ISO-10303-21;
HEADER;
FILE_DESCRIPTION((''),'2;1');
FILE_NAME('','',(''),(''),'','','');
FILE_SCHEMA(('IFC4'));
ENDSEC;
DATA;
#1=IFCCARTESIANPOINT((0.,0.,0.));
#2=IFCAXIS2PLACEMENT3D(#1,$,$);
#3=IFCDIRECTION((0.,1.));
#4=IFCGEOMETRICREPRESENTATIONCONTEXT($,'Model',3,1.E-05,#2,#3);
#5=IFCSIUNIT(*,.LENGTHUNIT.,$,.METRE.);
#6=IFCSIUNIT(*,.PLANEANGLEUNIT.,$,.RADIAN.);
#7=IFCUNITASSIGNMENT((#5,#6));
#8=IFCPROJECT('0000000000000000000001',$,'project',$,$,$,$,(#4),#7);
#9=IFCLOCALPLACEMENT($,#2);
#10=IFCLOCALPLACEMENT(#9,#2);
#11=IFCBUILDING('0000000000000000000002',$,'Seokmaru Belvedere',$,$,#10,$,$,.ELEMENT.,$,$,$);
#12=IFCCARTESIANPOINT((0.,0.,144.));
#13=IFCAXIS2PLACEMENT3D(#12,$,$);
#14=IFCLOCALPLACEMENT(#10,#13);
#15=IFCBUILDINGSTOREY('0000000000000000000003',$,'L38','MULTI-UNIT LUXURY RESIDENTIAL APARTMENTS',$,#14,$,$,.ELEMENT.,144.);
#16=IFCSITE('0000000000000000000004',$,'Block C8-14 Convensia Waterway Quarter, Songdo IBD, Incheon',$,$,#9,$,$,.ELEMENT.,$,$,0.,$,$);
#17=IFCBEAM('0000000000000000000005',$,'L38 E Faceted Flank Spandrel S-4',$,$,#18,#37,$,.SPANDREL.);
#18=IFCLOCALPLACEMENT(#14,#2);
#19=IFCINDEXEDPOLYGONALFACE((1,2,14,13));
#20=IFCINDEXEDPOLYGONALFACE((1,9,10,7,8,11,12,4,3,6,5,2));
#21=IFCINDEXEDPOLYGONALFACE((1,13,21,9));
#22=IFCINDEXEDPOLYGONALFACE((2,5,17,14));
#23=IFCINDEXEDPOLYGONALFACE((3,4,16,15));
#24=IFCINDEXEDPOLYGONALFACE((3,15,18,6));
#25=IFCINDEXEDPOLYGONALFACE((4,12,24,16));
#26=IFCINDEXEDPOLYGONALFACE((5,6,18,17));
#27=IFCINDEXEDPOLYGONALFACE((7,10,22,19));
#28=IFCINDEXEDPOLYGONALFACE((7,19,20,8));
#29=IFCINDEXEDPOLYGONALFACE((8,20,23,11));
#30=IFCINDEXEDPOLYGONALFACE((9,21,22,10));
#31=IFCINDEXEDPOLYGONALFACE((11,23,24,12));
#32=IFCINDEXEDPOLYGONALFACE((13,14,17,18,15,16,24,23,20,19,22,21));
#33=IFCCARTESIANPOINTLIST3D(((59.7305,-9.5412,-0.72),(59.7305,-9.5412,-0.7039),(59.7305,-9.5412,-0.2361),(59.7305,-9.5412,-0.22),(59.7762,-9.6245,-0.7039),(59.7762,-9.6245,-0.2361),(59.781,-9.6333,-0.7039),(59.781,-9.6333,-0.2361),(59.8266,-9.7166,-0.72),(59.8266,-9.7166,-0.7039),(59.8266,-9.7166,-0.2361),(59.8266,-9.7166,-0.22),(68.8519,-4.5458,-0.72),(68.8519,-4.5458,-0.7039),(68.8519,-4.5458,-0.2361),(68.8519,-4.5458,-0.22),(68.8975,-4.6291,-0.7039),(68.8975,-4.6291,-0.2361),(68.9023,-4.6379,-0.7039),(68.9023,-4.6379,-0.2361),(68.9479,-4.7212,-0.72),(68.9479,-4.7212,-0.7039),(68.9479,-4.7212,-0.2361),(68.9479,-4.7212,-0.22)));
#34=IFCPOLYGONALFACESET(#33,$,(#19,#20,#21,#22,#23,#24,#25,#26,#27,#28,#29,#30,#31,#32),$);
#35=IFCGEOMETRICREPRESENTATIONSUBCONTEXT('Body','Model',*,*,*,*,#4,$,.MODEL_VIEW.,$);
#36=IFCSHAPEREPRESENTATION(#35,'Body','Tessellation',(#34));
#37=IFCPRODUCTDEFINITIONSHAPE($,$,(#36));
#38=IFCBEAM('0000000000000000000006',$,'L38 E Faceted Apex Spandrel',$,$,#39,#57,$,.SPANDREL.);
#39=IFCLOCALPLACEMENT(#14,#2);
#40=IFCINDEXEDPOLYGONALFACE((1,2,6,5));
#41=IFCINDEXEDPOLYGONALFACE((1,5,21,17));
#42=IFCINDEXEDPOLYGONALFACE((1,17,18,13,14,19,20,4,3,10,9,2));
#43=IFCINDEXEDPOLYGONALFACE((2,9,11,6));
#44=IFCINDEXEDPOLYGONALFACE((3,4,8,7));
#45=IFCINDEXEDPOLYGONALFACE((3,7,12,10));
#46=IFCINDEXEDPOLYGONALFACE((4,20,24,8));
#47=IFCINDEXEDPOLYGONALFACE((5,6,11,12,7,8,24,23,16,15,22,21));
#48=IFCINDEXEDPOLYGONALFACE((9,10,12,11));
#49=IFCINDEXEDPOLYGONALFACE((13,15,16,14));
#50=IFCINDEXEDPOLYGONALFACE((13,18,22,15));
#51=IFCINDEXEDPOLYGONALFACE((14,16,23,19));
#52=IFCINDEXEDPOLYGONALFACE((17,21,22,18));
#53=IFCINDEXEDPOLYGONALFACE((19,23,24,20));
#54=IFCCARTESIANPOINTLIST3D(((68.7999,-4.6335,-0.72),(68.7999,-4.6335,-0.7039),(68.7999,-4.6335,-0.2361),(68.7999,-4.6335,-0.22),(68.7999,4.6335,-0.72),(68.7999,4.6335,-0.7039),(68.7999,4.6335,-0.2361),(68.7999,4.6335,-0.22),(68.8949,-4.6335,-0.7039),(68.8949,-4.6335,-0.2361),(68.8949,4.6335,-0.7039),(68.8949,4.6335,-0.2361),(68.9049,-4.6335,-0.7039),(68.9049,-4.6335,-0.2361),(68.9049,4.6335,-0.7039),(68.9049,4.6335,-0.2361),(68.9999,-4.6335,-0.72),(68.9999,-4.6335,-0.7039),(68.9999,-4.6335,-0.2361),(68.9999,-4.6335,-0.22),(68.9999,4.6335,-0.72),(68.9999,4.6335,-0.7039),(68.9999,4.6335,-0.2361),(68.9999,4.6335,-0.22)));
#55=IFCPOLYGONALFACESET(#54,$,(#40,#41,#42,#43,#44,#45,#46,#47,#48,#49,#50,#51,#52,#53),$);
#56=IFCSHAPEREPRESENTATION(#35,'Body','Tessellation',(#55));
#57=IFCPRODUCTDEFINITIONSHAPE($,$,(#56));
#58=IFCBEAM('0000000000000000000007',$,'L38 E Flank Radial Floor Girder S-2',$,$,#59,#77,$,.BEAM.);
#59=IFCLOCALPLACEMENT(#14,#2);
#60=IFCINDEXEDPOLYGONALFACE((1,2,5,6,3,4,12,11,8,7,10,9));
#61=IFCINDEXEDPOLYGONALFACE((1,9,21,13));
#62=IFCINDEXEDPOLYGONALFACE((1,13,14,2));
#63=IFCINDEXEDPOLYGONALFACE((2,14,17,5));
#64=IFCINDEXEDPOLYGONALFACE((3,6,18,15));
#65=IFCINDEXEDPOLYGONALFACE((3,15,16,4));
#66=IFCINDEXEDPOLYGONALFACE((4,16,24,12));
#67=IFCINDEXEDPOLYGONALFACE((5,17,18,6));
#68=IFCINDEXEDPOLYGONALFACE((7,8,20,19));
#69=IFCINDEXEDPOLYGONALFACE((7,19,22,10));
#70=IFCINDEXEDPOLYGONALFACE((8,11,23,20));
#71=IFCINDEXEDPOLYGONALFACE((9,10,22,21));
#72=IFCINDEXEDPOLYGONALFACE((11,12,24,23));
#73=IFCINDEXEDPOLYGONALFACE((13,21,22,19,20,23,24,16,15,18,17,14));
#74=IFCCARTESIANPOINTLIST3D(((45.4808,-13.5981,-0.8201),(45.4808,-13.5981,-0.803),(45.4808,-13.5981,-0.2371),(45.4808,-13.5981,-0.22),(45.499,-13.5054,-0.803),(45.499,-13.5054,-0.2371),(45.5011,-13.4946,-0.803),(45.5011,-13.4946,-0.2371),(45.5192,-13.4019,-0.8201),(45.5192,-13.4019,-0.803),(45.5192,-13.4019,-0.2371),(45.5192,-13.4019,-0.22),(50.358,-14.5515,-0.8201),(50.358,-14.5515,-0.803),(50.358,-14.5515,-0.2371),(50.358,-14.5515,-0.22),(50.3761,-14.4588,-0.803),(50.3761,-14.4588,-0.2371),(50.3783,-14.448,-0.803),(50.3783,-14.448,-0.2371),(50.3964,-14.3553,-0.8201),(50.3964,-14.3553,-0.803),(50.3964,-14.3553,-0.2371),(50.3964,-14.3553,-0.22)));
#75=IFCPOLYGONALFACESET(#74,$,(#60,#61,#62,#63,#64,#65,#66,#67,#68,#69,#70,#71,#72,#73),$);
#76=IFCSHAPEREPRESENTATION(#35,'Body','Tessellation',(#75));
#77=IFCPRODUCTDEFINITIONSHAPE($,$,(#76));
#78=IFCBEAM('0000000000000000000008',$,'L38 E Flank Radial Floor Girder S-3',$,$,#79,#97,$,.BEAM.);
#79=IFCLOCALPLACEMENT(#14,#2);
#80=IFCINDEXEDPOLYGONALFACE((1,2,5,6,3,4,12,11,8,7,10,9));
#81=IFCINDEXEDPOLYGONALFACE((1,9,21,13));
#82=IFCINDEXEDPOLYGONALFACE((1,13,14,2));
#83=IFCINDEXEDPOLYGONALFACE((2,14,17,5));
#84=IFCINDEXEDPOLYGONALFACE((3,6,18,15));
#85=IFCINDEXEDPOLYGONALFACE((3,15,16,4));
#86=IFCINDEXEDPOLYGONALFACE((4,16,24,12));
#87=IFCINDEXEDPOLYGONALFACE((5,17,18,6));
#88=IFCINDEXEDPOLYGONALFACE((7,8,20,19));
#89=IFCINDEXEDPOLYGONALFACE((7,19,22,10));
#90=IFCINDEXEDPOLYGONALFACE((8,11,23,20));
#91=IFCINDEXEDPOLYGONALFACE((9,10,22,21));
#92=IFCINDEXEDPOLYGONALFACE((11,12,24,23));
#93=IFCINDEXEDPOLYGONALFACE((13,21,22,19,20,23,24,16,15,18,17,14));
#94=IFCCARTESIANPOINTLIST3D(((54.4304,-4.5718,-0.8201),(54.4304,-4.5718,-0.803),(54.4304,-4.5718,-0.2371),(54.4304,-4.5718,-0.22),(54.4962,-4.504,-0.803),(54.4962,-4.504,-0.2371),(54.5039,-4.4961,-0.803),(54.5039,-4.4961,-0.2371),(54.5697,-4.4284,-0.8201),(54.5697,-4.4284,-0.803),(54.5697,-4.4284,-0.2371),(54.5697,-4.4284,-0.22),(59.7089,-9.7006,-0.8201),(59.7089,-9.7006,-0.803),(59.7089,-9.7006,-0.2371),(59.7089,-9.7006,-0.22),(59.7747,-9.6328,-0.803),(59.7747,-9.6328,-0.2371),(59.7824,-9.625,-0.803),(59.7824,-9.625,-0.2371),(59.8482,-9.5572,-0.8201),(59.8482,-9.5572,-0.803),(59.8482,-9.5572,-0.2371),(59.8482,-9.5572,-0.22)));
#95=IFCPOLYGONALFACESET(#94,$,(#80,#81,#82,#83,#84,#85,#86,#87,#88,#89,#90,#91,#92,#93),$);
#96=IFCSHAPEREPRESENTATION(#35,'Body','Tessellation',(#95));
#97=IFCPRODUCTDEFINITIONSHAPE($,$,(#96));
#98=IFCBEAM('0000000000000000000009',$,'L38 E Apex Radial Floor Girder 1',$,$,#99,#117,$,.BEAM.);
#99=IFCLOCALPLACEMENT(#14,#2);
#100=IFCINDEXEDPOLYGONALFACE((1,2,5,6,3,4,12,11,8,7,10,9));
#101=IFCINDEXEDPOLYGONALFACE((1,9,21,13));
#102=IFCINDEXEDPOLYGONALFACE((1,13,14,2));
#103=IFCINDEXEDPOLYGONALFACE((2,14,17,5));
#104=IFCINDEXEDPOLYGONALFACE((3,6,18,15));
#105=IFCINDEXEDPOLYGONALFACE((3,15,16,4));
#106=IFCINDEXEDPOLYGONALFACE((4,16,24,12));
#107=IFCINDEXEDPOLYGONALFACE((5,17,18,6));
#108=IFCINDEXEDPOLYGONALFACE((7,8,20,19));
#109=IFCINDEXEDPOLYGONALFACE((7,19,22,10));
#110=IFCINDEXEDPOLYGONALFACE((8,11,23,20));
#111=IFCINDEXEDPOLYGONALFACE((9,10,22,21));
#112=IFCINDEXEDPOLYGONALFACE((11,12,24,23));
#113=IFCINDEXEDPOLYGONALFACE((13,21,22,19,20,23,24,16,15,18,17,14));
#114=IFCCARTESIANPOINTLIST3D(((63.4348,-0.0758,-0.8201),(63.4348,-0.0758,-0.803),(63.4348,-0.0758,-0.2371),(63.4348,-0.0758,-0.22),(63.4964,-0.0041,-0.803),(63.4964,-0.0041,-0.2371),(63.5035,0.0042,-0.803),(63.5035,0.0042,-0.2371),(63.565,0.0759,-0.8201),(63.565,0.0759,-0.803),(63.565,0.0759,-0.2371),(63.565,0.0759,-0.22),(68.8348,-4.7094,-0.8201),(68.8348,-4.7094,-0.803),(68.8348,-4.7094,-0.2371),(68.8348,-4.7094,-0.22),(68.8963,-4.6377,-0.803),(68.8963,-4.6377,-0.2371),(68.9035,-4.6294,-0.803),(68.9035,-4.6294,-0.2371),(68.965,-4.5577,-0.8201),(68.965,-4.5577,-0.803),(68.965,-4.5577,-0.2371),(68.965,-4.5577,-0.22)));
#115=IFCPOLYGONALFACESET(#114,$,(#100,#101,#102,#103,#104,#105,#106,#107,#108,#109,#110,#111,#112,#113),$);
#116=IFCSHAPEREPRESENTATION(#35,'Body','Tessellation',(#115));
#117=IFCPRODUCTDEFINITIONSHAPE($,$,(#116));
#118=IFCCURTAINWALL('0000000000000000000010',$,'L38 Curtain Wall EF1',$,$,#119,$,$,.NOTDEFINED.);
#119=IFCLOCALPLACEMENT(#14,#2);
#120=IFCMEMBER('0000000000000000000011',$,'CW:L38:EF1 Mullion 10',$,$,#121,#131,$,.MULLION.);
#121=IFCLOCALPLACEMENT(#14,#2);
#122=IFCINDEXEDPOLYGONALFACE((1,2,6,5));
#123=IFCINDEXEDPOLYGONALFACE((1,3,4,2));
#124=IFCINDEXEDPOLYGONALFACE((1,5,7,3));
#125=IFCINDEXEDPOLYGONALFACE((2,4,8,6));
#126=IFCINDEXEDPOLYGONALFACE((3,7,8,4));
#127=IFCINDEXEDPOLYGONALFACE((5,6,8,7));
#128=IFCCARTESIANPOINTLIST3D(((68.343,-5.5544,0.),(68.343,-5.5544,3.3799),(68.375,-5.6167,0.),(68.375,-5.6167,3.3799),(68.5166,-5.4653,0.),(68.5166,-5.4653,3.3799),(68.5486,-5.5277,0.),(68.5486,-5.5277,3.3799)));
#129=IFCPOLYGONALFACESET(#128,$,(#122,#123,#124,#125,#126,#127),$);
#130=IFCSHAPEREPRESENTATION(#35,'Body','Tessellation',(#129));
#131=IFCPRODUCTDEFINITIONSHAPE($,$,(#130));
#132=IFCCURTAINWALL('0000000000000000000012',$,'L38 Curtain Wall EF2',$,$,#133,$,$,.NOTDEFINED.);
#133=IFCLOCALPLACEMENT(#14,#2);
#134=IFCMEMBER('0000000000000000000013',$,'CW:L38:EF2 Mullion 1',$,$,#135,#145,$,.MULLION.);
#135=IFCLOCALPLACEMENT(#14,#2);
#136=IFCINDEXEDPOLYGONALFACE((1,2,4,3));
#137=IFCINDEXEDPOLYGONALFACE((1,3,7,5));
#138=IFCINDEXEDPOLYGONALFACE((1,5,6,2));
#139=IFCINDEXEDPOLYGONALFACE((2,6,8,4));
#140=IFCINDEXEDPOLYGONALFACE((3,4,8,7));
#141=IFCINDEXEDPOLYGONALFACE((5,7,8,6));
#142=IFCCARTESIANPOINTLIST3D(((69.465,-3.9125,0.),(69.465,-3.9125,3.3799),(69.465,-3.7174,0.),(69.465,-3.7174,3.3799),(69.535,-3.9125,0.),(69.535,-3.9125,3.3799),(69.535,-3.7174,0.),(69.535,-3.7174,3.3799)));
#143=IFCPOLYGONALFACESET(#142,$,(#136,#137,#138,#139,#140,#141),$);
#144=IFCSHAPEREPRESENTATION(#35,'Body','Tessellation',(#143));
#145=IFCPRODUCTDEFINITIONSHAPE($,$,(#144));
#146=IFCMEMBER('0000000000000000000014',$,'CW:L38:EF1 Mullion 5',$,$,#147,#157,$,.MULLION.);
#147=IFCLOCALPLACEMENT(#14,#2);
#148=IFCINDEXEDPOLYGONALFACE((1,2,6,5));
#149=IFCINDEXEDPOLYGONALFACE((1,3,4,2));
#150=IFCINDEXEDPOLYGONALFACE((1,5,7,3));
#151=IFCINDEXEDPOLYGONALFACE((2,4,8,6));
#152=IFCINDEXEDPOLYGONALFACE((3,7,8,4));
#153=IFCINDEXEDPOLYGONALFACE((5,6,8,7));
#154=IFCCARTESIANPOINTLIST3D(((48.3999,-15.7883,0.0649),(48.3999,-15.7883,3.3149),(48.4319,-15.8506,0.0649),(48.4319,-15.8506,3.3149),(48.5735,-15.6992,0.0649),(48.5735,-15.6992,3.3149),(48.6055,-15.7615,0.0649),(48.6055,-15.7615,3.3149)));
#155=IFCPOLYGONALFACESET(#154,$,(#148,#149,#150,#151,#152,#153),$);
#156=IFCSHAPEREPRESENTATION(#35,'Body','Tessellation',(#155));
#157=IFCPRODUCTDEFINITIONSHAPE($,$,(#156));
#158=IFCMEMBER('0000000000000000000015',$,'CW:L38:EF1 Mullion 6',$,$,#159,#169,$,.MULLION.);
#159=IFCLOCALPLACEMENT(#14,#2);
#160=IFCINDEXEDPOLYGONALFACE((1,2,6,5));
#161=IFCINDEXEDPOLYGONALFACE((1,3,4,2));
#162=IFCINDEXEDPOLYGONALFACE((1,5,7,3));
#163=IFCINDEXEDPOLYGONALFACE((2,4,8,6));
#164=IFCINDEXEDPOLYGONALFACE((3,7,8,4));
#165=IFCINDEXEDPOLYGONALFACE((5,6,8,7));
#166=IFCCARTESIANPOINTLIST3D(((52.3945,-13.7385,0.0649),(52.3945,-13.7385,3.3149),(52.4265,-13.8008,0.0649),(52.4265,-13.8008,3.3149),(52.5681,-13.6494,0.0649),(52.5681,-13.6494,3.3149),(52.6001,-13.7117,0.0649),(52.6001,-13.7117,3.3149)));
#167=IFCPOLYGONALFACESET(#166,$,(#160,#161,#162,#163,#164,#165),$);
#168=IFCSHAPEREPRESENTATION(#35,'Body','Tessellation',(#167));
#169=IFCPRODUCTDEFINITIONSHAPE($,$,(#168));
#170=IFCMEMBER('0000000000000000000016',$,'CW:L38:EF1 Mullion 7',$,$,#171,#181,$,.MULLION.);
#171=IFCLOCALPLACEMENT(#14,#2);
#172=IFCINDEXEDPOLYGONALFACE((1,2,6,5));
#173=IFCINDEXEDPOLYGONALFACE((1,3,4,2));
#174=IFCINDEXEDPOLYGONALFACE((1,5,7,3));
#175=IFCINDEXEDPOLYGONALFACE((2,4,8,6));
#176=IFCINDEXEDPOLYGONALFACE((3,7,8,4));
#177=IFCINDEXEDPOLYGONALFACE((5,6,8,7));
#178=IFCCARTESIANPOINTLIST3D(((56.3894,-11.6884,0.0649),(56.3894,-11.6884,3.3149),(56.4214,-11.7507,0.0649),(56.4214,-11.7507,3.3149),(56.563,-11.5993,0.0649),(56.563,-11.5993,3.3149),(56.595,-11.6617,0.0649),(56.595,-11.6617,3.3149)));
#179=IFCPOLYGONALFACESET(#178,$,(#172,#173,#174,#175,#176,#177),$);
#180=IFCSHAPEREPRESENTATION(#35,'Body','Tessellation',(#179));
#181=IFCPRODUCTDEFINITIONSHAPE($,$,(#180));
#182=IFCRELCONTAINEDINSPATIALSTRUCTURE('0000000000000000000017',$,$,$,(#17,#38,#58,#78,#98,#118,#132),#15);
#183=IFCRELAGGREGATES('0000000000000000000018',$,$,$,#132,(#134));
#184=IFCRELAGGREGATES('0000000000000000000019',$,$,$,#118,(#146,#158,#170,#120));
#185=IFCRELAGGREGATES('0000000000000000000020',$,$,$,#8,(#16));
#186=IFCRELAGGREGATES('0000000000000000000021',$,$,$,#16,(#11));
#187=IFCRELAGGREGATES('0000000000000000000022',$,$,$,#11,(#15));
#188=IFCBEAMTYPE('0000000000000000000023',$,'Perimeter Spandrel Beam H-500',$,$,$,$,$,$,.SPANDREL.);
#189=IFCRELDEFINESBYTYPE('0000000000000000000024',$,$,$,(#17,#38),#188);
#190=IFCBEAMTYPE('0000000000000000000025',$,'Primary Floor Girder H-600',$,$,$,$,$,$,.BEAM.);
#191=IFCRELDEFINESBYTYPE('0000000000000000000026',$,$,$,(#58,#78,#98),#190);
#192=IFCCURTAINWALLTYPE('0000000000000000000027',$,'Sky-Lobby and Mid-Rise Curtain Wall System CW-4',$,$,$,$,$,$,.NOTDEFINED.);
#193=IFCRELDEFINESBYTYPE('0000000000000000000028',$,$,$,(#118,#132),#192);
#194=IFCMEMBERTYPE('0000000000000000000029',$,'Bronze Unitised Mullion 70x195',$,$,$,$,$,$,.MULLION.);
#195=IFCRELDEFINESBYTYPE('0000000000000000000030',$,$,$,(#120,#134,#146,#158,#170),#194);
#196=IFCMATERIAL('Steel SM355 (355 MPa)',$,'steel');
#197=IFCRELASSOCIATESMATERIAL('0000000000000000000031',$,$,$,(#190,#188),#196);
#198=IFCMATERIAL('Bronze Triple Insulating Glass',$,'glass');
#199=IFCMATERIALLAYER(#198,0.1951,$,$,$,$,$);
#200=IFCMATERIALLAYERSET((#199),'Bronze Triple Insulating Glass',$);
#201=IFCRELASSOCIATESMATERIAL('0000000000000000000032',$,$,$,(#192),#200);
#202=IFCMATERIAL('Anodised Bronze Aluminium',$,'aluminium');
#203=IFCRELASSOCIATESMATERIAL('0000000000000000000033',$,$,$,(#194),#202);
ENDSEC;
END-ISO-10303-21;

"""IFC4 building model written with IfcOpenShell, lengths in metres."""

from ifc_helpers import new_model, si_unit, direction, frame, origin, origin_2d, place, context, subcontext, project, spatial, rectangle, i_section, extrude, source, transform, mapped, material, layer, layer_set, material_profile, profile_set, type_object, type_shapes, element, aggregate, save


model = new_model("IFC4")

# Units and contexts
model_context = context("Model", 3, precision=1e-05, world=origin(), true_north=direction((0.0, 1.0)))
body_context = subcontext(model_context, "Body", "Model", "MODEL_VIEW")
ifc_project = project(units=[si_unit("LENGTHUNIT", "METRE"), si_unit("PLANEANGLEUNIT", "RADIAN")], contexts=[model_context])

# Site, building, storey
site_placement = place(None, origin())
site = spatial("IfcSite", under=ifc_project, at=site_placement, Name="Block C8-14 Convensia Waterway Quarter, Songdo IBD, Incheon", CompositionType="ELEMENT", RefElevation=0.0)
building_placement = place(site_placement, origin())
building = spatial("IfcBuilding", under=site, at=building_placement, Name="Seokmaru Belvedere", CompositionType="ELEMENT")
storey_placement = place(building_placement, frame((0.0, 0.0, 144.0)))
storey = spatial("IfcBuildingStorey", under=building, at=storey_placement, Name="L38", Description="MULTI-UNIT LUXURY RESIDENTIAL APARTMENTS", CompositionType="ELEMENT", Elevation=144.0)

# Shared definitions
ifc_material_1 = material(Name="Steel SM355 (355 MPa)", Category="steel")

# Beams
ifc_material_profile_1 = material_profile(ifc_material_1, i_section(OverallWidth=0.2, OverallDepth=0.6001, WebThickness=0.011, FlangeThickness=0.0171, at=origin_2d()), Name="H-600x200x11x17")
ifc_profile_set_1 = profile_set([ifc_material_profile_1], Name="Steel SM355 (355 MPa)")
beam_type_1 = type_object("IfcBeamType", Name="Primary Floor Girder H-600", PredefinedType="BEAM", material=ifc_profile_set_1)
ifc_material_profile_2 = material_profile(ifc_material_1, i_section(OverallWidth=0.2, OverallDepth=0.5, WebThickness=0.01, FlangeThickness=0.0161, at=origin_2d()), Name="H-500x200x10x16")
ifc_profile_set_2 = profile_set([ifc_material_profile_2], Name="Steel SM355 (355 MPa)")
beam_type_2 = type_object("IfcBeamType", Name="Perimeter Spandrel Beam H-500", PredefinedType="SPANDREL", material=ifc_profile_set_2)
shared_shape_1 = source(origin(), body_context, "Body", "SweptSolid", [
    extrude(i_section(OverallWidth=0.2, OverallDepth=0.5, WebThickness=0.01, FlangeThickness=0.0161, at=origin_2d()), origin(), (0.0, 0.0, 1.0), 10.3997),
])
beam_1_placement = place(storey_placement, frame((59.7786, -9.6289, -0.47), z_axis=(0.877082, 0.48034, 0.0), x_axis=(-0.48034, 0.877082, 0.0)))
element("IfcBeam", 1, at=beam_1_placement, inside=storey, type_object=beam_type_2, Name="L38 E Faceted Flank Spandrel S-4", PredefinedType="SPANDREL", context=body_context, shape_type="MappedRepresentation", body=[
    mapped(shared_shape_1, transform((0.0, 0.0, 0.0), scale=1.0)),
])
shared_shape_2 = source(origin(), body_context, "Body", "SweptSolid", [
    extrude(i_section(OverallWidth=0.2, OverallDepth=0.5, WebThickness=0.01, FlangeThickness=0.0161, at=origin_2d()), origin(), (0.0, 0.0, 1.0), 9.2671),
])
beam_2_placement = place(storey_placement, frame((68.8999, -4.6335, -0.47), z_axis=(0.0, 1.0, 0.0), x_axis=(-1.0, 0.0, 0.0)))
element("IfcBeam", 2, at=beam_2_placement, inside=storey, type_object=beam_type_2, Name="L38 E Faceted Apex Spandrel", PredefinedType="SPANDREL", context=body_context, shape_type="MappedRepresentation", body=[
    mapped(shared_shape_2, transform((0.0, 0.0, 0.0), scale=1.0)),
])
shared_shape_3 = source(origin(), body_context, "Body", "SweptSolid", [
    extrude(i_section(OverallWidth=0.2, OverallDepth=0.6001, WebThickness=0.011, FlangeThickness=0.0171, at=origin_2d()), origin(), (0.0, 0.0, 1.0), 4.9695),
])
beam_3_placement = place(storey_placement, frame((50.3772, -14.4534, -0.52), z_axis=(-0.981425, 0.191844, 0.0), x_axis=(-0.191844, -0.981425, 0.0)))
element("IfcBeam", 3, at=beam_3_placement, inside=storey, type_object=beam_type_1, Name="L38 E Flank Radial Floor Girder S-2", PredefinedType="BEAM", context=body_context, shape_type="MappedRepresentation", body=[
    mapped(shared_shape_3, transform((0.0, 0.0, 0.0), scale=1.0)),
])
shared_shape_4 = source(origin(), body_context, "Body", "SweptSolid", [
    extrude(i_section(OverallWidth=0.2, OverallDepth=0.6001, WebThickness=0.011, FlangeThickness=0.0171, at=origin_2d()), origin(), (0.0, 0.0, 1.0), 7.3599),
])
beam_4_placement = place(storey_placement, frame((59.7786, -9.6289, -0.52), z_axis=(-0.717201, 0.696867, 0.0), x_axis=(-0.696867, -0.717201, 0.0)))
element("IfcBeam", 4, at=beam_4_placement, inside=storey, type_object=beam_type_1, Name="L38 E Flank Radial Floor Girder S-3", PredefinedType="BEAM", context=body_context, shape_type="MappedRepresentation", body=[
    mapped(shared_shape_4, transform((0.0, 0.0, 0.0), scale=1.0)),
])
shared_shape_5 = source(origin(), body_context, "Body", "SweptSolid", [
    extrude(i_section(OverallWidth=0.2, OverallDepth=0.6001, WebThickness=0.011, FlangeThickness=0.0171, at=origin_2d()), origin(), (0.0, 0.0, 1.0), 7.1155),
])
beam_5_placement = place(storey_placement, frame((68.8999, -4.6335, -0.52), z_axis=(-0.758905, 0.651201, 0.0), x_axis=(-0.651201, -0.758905, 0.0)))
element("IfcBeam", 5, at=beam_5_placement, inside=storey, type_object=beam_type_1, Name="L38 E Apex Radial Floor Girder 1", PredefinedType="BEAM", context=body_context, shape_type="MappedRepresentation", body=[
    mapped(shared_shape_5, transform((0.0, 0.0, 0.0), scale=1.0)),
])

# Curtain walls, members
ifc_material_2 = material(Name="Bronze Triple Insulating Glass", Category="glass")
ifc_layer_1 = layer(ifc_material_2, 0.1951)
ifc_layer_set_1 = layer_set([ifc_layer_1], Name="Bronze Triple Insulating Glass")
curtain_wall_type = type_object("IfcCurtainWallType", Name="Sky-Lobby and Mid-Rise Curtain Wall System CW-4", PredefinedType="NOTDEFINED", material=ifc_layer_set_1)
curtain_wall_1_placement = place(storey_placement, origin())
curtain_wall_1 = element("IfcCurtainWall", 6, at=curtain_wall_1_placement, inside=storey, type_object=curtain_wall_type, Name="L38 Curtain Wall EF1", PredefinedType="NOTDEFINED")
ifc_material_3 = material(Name="Anodised Bronze Aluminium", Category="aluminium")
ifc_material_profile_3 = material_profile(ifc_material_3, rectangle(XDim=0.0701, YDim=0.1951, at=origin_2d()), Name="CW-M-70x195")
ifc_profile_set_3 = profile_set([ifc_material_profile_3], Name="Anodised Bronze Aluminium")
member_type_1 = type_object("IfcMemberType", Name="Bronze Unitised Mullion 70x195", PredefinedType="MULLION", material=ifc_profile_set_3)
shared_shape_6 = source(origin(), body_context, "Body", "SweptSolid", [
    extrude(rectangle(XDim=0.0701, YDim=0.1951, at=origin_2d()), origin(), (0.0, 0.0, 1.0), 3.3799),
])
member_1_placement = place(storey_placement, frame((68.4458, -5.541, 0.0), z_axis=(0.0, 0.0, 1.0), x_axis=(-0.456555, 0.889695, 0.0)))
member_1 = element("IfcMember", 7, at=member_1_placement, type_object=member_type_1, Name="CW:L38:EF1 Mullion 10", PredefinedType="MULLION", context=body_context, shape_type="MappedRepresentation", body=[
    mapped(shared_shape_6, transform((0.0, 0.0, 0.0), scale=1.0)),
])
curtain_wall_2_placement = place(storey_placement, origin())
curtain_wall_2 = element("IfcCurtainWall", 8, at=curtain_wall_2_placement, inside=storey, type_object=curtain_wall_type, Name="L38 Curtain Wall EF2", PredefinedType="NOTDEFINED")
member_2_placement = place(storey_placement, frame((69.5, -3.8149, 0.0), z_axis=(0.0, 0.0, 1.0), x_axis=(-1.0, 0.0, 0.0)))
member_2 = element("IfcMember", 9, at=member_2_placement, type_object=member_type_1, Name="CW:L38:EF2 Mullion 1", PredefinedType="MULLION", context=body_context, shape_type="MappedRepresentation", body=[
    mapped(shared_shape_6, transform((0.0, 0.0, 0.0), scale=1.0)),
])

# Members
shared_shape_7 = source(origin(), body_context, "Body", "SweptSolid", [
    extrude(rectangle(XDim=0.0701, YDim=0.1951, at=origin_2d()), origin(), (0.0, 0.0, 1.0), 3.25),
])
type_shapes(member_type_1, [shared_shape_6, shared_shape_7])
member_3_placement = place(storey_placement, frame((48.5027, -15.7749, 0.0649), z_axis=(0.0, 0.0, 1.0), x_axis=(-0.456555, 0.889695, 0.0)))
member_3 = element("IfcMember", 10, at=member_3_placement, type_object=member_type_1, Name="CW:L38:EF1 Mullion 5", PredefinedType="MULLION", context=body_context, shape_type="MappedRepresentation", body=[
    mapped(shared_shape_7, transform((0.0, 0.0, 0.0), scale=1.0)),
])
member_4_placement = place(storey_placement, frame((52.4973, -13.7251, 0.0649), z_axis=(0.0, 0.0, 1.0), x_axis=(-0.456555, 0.889695, 0.0)))
member_4 = element("IfcMember", 11, at=member_4_placement, type_object=member_type_1, Name="CW:L38:EF1 Mullion 6", PredefinedType="MULLION", context=body_context, shape_type="MappedRepresentation", body=[
    mapped(shared_shape_7, transform((0.0, 0.0, 0.0), scale=1.0)),
])
member_5_placement = place(storey_placement, frame((56.4922, -11.675, 0.0649), z_axis=(0.0, 0.0, 1.0), x_axis=(-0.456555, 0.889695, 0.0)))
member_5 = element("IfcMember", 12, at=member_5_placement, type_object=member_type_1, Name="CW:L38:EF1 Mullion 7", PredefinedType="MULLION", context=body_context, shape_type="MappedRepresentation", body=[
    mapped(shared_shape_7, transform((0.0, 0.0, 0.0), scale=1.0)),
])
aggregate(curtain_wall_2, [member_2])

aggregate(curtain_wall_1, [member_3, member_4, member_5, member_1])

save(model, "model.ifc")
